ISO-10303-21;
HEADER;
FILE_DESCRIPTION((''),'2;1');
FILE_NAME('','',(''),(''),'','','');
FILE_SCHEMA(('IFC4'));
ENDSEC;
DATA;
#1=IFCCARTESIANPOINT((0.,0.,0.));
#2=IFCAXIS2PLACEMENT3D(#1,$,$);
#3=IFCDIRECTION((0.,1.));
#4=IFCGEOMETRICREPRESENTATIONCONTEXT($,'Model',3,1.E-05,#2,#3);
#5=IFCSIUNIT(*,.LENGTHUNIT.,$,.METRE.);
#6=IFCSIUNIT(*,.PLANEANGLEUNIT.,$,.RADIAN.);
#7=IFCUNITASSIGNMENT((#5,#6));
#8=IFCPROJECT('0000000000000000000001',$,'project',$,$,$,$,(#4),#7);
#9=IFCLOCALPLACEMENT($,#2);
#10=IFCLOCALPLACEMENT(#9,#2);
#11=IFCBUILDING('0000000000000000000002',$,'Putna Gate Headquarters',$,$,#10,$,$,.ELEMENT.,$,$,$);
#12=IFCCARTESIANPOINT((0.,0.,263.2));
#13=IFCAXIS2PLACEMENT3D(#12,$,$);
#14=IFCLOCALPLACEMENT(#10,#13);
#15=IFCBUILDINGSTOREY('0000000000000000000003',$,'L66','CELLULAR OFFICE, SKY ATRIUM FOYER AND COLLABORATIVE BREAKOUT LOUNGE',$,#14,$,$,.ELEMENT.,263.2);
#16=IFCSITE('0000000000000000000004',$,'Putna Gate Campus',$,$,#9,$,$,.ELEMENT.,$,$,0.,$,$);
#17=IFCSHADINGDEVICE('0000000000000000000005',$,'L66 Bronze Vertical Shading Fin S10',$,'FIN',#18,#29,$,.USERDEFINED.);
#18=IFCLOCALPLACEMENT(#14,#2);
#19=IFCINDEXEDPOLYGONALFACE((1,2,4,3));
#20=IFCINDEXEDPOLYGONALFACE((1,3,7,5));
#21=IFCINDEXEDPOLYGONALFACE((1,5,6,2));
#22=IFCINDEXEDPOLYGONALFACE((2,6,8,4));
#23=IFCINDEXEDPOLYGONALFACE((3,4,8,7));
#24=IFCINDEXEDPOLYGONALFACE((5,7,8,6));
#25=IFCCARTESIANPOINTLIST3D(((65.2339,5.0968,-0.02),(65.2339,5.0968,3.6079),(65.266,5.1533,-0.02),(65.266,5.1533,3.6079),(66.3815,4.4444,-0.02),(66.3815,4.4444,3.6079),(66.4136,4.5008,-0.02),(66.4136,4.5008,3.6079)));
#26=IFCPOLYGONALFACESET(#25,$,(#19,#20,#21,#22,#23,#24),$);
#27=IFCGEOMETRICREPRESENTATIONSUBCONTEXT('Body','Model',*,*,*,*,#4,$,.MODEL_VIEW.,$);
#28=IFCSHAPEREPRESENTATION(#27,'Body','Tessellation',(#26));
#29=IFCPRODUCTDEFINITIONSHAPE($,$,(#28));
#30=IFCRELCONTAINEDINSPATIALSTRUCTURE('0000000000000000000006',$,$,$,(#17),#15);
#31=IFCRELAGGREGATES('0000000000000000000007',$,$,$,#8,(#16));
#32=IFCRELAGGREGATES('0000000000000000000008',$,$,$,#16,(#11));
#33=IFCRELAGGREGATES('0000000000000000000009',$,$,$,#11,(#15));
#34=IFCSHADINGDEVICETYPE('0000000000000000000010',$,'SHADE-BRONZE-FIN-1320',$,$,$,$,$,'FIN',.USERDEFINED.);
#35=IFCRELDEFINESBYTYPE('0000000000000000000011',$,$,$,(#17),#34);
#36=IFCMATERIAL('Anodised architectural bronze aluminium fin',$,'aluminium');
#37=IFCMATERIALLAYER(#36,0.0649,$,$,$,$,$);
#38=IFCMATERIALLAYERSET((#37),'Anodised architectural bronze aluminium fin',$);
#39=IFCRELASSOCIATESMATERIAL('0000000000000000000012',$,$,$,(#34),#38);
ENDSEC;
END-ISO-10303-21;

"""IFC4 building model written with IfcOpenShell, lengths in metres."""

from ifc_helpers import new_model, si_unit, direction, frame, origin, origin_2d, place, context, subcontext, project, spatial, rectangle, extrude, material, layer, layer_set, type_object, element, save


model = new_model("IFC4")

# Units and contexts
model_context = context("Model", 3, precision=1e-05, world=origin(), true_north=direction((0.0, 1.0)))
body_context = subcontext(model_context, "Body", "Model", "MODEL_VIEW")
ifc_project = project(units=[si_unit("LENGTHUNIT", "METRE"), si_unit("PLANEANGLEUNIT", "RADIAN")], contexts=[model_context])

# Site, building, storey
site_placement = place(None, origin())
site = spatial("IfcSite", under=ifc_project, at=site_placement, Name="Putna Gate Campus", CompositionType="ELEMENT", RefElevation=0.0)
building_placement = place(site_placement, origin())
building = spatial("IfcBuilding", under=site, at=building_placement, Name="Putna Gate Headquarters", CompositionType="ELEMENT")
storey_placement = place(building_placement, frame((0.0, 0.0, 263.2)))
storey = spatial("IfcBuildingStorey", under=building, at=storey_placement, Name="L66", Description="CELLULAR OFFICE, SKY ATRIUM FOYER AND COLLABORATIVE BREAKOUT LOUNGE", CompositionType="ELEMENT", Elevation=263.2)

# Shading device
ifc_material_1 = material(Name="Anodised architectural bronze aluminium fin", Category="aluminium")
ifc_layer_1 = layer(ifc_material_1, 0.0649)
ifc_layer_set_1 = layer_set([ifc_layer_1], Name="Anodised architectural bronze aluminium fin")
shading_device_type = type_object("IfcShadingDeviceType", Name="SHADE-BRONZE-FIN-1320", ElementType="FIN", PredefinedType="USERDEFINED", material=ifc_layer_set_1)
for number, where, z_axis, x_axis, name in (
    (1, (65.8237, 4.7988, -0.02), (0.0, 0.0, 1.0), (0.869322, -0.494245, 0.0), "L66 Bronze Vertical Shading Fin S10"),
):
    element("IfcShadingDevice", number, at=place(storey_placement, frame(where, z_axis=z_axis, x_axis=x_axis)), inside=storey, type_object=shading_device_type, Name=name, ObjectType="FIN", PredefinedType="USERDEFINED", context=body_context, shape_type="SweptSolid", body=[
        extrude(rectangle(XDim=1.3201, YDim=0.0649, at=origin_2d()), origin(), (0.0, 0.0, 1.0), 3.6279),
    ])

save(model, "model.ifc")
